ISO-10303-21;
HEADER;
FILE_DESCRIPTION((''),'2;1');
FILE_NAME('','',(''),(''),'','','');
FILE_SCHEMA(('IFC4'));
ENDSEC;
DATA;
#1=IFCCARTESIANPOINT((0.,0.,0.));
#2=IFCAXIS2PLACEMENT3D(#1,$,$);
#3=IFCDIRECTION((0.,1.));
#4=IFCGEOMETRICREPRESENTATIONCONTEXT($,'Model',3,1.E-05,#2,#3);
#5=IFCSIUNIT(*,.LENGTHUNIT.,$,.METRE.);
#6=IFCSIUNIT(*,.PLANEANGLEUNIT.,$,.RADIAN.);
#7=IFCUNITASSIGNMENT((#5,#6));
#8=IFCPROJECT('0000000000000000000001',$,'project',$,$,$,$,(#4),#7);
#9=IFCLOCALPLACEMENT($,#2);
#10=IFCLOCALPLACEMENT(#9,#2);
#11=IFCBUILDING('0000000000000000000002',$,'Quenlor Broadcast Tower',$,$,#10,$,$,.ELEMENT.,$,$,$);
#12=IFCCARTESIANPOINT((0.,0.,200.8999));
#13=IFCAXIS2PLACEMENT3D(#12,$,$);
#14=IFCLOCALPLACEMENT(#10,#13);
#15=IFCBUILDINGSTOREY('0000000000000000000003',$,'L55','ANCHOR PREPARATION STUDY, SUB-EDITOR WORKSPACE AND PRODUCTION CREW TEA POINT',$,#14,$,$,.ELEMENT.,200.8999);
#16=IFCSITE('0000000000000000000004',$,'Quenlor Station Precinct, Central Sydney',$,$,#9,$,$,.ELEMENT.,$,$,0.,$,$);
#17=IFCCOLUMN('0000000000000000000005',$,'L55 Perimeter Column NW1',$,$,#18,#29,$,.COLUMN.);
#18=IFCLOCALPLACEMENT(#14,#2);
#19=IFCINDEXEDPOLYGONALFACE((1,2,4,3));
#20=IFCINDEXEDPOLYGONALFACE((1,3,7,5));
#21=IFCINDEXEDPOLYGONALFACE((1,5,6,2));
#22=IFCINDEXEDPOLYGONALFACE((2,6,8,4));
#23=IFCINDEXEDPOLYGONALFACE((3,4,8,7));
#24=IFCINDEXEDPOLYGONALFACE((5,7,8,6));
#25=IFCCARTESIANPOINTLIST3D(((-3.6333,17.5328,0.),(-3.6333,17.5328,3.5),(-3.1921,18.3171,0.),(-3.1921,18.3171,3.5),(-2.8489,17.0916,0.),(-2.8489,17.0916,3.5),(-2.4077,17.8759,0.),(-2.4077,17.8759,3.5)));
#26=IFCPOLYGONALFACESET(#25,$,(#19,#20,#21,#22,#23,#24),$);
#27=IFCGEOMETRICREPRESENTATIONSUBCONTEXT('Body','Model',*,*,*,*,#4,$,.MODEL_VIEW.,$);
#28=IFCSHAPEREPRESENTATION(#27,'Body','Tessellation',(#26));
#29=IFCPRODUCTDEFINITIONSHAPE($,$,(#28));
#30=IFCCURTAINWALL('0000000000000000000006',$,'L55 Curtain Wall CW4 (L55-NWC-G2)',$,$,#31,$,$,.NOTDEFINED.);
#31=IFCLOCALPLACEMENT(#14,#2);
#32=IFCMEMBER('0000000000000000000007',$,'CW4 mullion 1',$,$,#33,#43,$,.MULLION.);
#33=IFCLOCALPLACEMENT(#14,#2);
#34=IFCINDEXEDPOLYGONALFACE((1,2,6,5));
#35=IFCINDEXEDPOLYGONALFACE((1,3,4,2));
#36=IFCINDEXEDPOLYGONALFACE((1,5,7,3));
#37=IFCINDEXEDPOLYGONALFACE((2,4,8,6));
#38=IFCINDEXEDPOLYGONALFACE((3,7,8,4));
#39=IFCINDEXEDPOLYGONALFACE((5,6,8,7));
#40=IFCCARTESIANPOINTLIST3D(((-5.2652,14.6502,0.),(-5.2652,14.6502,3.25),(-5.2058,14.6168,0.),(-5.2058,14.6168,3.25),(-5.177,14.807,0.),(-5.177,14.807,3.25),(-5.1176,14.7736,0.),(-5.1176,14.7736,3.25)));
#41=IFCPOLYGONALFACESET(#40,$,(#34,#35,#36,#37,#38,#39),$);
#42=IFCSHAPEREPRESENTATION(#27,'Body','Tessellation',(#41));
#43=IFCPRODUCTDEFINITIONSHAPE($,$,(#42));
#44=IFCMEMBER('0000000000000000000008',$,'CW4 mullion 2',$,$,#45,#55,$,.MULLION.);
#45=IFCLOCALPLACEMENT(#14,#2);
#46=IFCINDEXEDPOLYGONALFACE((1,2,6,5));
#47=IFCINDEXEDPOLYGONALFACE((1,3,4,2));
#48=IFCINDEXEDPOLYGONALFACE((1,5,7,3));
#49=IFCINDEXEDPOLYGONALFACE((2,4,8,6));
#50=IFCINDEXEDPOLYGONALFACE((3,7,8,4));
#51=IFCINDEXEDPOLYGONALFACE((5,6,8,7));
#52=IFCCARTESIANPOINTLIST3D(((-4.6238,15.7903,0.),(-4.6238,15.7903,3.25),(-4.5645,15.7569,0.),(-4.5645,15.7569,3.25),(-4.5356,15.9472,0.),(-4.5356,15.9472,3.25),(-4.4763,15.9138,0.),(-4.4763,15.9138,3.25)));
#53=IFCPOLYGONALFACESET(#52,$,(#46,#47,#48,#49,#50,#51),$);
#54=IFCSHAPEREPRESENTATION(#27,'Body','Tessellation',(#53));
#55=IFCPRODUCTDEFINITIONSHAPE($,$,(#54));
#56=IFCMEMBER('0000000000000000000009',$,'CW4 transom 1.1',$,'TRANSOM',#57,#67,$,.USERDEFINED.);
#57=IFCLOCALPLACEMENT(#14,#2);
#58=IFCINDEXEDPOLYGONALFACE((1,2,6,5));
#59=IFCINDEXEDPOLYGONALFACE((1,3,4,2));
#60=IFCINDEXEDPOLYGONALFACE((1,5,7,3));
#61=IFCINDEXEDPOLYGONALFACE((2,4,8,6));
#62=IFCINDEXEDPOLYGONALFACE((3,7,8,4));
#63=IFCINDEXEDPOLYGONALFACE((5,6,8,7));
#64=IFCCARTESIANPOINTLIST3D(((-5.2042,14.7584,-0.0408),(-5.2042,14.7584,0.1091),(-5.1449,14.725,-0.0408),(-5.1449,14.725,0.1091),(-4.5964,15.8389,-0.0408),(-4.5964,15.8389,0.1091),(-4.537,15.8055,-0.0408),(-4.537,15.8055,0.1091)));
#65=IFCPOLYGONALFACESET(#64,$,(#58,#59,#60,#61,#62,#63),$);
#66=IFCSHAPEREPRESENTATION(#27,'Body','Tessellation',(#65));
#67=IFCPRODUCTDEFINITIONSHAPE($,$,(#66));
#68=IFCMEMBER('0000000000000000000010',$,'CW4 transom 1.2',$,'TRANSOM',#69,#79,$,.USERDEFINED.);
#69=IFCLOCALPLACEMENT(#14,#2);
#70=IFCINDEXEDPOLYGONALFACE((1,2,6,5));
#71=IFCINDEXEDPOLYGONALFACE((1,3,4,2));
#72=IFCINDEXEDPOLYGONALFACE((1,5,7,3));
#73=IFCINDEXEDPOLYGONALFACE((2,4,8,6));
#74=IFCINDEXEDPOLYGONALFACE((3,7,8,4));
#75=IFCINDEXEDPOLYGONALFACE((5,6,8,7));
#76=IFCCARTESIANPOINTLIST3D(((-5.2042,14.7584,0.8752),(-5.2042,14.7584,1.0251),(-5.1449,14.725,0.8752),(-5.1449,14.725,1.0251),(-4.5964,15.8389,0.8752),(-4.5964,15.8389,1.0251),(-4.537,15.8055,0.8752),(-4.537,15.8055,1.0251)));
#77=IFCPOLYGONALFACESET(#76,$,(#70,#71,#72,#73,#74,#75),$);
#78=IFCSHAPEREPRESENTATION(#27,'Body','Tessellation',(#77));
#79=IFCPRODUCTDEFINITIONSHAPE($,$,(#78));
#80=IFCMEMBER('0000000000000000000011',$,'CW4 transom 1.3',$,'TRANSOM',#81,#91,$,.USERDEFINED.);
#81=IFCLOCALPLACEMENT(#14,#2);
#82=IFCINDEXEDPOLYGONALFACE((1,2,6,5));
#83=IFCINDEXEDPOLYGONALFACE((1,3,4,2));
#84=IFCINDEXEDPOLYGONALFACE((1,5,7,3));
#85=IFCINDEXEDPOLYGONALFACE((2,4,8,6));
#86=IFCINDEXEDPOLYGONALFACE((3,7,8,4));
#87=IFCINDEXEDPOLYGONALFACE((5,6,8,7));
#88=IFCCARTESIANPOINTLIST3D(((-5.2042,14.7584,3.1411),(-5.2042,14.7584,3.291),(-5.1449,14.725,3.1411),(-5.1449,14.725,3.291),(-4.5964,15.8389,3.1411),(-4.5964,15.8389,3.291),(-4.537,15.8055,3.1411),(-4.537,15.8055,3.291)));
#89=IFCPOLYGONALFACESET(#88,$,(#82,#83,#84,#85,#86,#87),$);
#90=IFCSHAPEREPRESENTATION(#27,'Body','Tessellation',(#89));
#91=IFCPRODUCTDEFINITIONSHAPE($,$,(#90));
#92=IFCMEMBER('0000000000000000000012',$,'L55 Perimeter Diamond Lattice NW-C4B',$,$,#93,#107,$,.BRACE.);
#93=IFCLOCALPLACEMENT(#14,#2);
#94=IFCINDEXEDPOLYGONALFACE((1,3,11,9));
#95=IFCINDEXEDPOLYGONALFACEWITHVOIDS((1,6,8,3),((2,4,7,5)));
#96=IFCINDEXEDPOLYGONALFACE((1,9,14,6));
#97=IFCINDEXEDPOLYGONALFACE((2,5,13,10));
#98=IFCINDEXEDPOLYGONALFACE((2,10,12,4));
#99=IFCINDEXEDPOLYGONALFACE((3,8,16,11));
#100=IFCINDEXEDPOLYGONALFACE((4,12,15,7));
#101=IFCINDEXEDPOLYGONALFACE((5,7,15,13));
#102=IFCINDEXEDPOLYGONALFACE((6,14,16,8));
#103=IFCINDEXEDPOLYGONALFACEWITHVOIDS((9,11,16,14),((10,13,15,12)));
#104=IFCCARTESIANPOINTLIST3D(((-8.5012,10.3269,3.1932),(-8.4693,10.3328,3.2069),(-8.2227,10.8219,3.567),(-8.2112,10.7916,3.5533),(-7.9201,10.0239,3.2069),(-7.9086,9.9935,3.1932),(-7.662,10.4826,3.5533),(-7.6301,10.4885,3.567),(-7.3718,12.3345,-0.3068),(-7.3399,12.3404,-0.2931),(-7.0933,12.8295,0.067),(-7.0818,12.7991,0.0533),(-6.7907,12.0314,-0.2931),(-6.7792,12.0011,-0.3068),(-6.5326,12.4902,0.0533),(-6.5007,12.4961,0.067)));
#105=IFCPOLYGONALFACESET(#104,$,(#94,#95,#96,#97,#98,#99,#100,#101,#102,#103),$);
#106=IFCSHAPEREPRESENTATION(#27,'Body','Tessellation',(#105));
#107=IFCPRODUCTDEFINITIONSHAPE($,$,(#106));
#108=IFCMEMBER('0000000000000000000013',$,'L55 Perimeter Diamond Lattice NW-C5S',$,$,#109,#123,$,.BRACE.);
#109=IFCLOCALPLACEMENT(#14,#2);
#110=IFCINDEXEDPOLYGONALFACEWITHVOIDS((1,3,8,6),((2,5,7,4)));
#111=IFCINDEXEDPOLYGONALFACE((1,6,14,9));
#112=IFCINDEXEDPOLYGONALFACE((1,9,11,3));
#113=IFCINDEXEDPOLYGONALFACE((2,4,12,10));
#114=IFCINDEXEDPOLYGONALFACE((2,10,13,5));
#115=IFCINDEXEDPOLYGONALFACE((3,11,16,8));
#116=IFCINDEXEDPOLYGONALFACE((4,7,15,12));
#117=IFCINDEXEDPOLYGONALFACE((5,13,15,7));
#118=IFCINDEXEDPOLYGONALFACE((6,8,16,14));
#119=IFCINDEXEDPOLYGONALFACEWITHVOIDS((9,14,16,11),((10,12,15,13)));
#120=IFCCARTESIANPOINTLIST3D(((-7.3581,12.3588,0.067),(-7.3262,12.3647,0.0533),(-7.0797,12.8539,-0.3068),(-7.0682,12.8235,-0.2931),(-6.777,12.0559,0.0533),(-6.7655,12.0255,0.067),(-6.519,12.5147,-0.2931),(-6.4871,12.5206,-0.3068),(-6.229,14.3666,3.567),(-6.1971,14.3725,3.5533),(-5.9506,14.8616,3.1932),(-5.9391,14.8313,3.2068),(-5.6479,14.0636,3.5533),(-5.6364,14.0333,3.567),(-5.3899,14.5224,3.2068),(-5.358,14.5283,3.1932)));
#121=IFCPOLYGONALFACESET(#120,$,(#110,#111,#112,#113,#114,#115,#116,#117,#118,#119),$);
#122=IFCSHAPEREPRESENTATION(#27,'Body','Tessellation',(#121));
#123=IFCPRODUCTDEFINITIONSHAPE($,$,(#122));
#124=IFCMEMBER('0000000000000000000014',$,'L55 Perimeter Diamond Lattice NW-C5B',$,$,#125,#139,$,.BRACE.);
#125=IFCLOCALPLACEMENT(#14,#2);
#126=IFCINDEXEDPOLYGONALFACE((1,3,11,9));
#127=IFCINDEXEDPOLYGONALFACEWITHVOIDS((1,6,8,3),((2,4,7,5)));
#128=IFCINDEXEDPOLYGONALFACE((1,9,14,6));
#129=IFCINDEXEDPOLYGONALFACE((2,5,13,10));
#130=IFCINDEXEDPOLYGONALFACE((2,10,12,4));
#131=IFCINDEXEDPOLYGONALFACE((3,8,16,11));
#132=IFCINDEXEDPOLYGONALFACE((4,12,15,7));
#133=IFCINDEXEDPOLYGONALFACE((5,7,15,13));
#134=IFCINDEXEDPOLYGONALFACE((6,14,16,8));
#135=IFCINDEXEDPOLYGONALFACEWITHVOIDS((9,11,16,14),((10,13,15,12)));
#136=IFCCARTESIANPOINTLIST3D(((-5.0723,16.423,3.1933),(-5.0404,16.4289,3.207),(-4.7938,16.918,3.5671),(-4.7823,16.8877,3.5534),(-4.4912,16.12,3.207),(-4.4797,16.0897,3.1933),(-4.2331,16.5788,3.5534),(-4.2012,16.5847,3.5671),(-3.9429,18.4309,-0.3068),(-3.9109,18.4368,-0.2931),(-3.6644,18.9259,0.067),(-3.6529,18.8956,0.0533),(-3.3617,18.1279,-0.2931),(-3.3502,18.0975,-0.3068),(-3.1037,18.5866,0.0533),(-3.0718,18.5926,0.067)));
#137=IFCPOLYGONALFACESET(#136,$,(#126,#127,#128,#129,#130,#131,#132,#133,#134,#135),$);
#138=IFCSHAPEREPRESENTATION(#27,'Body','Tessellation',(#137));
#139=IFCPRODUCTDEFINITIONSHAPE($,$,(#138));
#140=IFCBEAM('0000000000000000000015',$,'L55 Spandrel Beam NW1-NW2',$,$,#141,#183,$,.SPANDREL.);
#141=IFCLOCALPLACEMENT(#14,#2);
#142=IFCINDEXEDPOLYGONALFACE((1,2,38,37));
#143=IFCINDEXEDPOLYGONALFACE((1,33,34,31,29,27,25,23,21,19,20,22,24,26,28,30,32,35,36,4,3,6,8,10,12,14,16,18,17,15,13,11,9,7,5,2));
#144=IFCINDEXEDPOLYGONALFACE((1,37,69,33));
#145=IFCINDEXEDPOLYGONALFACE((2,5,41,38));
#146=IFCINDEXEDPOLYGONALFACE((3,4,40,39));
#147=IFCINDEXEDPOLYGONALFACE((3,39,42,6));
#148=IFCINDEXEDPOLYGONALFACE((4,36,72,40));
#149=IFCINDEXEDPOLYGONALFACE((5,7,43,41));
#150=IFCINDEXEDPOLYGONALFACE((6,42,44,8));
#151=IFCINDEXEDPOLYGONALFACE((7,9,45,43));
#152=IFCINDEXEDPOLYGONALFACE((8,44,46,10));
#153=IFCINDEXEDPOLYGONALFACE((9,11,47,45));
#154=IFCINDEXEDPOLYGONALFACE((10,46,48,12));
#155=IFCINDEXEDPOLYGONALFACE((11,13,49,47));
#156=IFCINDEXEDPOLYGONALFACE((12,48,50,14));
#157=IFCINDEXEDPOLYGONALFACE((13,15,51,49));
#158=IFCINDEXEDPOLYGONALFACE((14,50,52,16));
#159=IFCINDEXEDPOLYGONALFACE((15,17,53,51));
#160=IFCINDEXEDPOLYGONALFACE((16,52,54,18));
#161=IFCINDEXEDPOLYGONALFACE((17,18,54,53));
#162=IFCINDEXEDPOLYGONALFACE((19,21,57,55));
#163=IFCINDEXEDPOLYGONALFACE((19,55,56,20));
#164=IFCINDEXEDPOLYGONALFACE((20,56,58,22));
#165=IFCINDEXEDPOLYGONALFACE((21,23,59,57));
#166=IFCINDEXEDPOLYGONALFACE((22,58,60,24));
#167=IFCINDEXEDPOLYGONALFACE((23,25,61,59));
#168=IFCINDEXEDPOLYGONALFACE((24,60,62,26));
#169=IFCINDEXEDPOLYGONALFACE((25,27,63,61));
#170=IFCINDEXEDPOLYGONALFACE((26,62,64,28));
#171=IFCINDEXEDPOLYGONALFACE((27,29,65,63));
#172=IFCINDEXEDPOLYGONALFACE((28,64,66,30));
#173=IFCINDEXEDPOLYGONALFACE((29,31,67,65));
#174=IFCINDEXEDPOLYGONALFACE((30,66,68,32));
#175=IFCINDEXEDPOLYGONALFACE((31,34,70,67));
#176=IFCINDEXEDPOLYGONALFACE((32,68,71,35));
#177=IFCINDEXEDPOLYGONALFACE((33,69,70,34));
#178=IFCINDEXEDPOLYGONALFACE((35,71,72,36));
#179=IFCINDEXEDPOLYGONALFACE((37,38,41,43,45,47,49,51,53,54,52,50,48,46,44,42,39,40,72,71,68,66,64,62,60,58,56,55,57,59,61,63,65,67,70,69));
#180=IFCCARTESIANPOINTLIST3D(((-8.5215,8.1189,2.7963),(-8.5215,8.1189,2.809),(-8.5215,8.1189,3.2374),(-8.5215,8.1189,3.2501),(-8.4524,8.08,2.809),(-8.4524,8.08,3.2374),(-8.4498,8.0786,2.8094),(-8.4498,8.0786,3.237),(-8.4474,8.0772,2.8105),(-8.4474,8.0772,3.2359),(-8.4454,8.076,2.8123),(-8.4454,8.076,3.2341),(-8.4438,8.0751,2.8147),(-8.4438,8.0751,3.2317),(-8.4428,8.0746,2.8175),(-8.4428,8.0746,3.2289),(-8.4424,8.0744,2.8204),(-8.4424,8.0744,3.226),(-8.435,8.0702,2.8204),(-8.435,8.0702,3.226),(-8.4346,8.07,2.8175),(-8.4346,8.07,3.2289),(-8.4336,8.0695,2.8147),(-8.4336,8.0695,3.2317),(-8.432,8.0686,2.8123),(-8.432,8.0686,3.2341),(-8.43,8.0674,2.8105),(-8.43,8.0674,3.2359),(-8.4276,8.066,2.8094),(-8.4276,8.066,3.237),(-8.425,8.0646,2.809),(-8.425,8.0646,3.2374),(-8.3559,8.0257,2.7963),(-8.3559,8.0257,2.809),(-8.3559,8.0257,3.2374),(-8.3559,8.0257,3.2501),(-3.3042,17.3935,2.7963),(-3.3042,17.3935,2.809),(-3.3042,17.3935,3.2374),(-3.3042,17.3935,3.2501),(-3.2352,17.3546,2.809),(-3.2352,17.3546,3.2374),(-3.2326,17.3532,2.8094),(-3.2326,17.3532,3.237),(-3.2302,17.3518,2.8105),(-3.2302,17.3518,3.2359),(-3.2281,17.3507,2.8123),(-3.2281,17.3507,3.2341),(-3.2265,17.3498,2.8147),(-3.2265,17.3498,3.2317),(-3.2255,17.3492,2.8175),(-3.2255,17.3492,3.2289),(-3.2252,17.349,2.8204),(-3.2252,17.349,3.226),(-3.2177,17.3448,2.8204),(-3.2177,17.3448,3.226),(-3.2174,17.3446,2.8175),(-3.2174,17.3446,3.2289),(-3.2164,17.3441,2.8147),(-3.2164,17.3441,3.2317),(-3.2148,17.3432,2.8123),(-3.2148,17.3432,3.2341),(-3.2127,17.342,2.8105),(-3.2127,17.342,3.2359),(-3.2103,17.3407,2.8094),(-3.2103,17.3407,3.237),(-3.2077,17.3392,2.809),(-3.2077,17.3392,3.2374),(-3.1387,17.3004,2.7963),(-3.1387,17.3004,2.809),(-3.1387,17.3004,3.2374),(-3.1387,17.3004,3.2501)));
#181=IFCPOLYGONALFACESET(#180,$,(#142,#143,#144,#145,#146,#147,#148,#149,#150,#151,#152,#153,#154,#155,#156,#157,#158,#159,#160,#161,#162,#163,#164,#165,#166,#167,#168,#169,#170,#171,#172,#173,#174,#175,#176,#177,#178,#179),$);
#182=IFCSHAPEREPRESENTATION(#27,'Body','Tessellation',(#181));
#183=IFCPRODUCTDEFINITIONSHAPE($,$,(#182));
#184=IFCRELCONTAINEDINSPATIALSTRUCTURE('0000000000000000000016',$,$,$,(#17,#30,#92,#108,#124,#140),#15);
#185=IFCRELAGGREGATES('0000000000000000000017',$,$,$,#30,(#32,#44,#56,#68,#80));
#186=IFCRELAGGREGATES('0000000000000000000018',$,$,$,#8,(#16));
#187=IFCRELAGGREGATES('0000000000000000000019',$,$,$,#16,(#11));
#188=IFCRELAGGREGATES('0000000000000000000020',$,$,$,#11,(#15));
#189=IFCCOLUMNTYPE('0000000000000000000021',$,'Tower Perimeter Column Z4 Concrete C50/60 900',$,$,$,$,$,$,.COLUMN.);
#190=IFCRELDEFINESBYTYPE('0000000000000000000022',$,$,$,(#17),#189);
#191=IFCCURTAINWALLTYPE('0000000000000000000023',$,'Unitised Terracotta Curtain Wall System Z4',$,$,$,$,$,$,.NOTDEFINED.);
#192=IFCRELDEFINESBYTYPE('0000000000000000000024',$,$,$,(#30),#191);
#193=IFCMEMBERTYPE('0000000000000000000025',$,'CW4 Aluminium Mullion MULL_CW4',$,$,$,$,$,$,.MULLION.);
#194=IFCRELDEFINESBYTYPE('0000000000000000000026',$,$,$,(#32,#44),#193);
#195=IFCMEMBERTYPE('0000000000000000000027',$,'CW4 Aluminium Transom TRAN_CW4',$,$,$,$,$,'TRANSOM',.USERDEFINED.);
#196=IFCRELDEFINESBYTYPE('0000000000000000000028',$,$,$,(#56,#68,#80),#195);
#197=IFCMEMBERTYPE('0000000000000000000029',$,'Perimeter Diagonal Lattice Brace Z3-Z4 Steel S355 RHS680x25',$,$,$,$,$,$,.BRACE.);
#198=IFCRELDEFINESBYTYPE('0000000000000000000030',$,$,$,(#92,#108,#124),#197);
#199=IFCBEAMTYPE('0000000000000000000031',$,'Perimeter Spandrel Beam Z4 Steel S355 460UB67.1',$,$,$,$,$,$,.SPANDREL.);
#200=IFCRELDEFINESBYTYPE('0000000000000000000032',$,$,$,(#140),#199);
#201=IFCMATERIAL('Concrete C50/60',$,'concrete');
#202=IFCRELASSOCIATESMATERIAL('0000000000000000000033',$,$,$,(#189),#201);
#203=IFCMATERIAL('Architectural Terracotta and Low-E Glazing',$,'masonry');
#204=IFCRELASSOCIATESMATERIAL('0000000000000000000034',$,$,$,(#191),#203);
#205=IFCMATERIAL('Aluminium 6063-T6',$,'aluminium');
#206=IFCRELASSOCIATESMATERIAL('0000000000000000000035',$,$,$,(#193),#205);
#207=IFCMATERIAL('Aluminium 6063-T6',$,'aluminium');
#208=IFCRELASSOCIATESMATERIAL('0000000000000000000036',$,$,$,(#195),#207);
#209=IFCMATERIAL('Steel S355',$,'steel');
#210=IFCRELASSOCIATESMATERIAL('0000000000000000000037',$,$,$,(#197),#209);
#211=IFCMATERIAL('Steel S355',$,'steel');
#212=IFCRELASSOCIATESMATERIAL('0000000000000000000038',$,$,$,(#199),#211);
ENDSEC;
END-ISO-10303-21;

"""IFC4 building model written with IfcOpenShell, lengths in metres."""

from ifc_helpers import new_model, si_unit, direction, frame, origin, origin_2d, place, context, subcontext, project, spatial, rectangle, hollow_rectangle, i_section, extrude, material, material_profile, profile_set, type_object, element, aggregate, save


model = new_model("IFC4")

# Units and contexts
model_context = context("Model", 3, precision=1e-05, world=origin(), true_north=direction((0.0, 1.0)))
body_context = subcontext(model_context, "Body", "Model", "MODEL_VIEW")
ifc_project = project(units=[si_unit("LENGTHUNIT", "METRE"), si_unit("PLANEANGLEUNIT", "RADIAN")], contexts=[model_context])

# Site, building, storey
site_placement = place(None, origin())
site = spatial("IfcSite", under=ifc_project, at=site_placement, Name="Quenlor Station Precinct, Central Sydney", CompositionType="ELEMENT", RefElevation=0.0)
building_placement = place(site_placement, origin())
building = spatial("IfcBuilding", under=site, at=building_placement, Name="Quenlor Broadcast Tower", CompositionType="ELEMENT")
storey_placement = place(building_placement, frame((0.0, 0.0, 200.8999)))
storey = spatial("IfcBuildingStorey", under=building, at=storey_placement, Name="L55", Description="ANCHOR PREPARATION STUDY, SUB-EDITOR WORKSPACE AND PRODUCTION CREW TEA POINT", CompositionType="ELEMENT", Elevation=200.8999)

# Column
ifc_material_1 = material(Name="Concrete C50/60", Category="concrete")
ifc_material_profile_1 = material_profile(ifc_material_1, rectangle(XDim=0.8999, YDim=0.8999, at=origin_2d()))
ifc_profile_set_1 = profile_set([ifc_material_profile_1], Name="Concrete C50/60 RC900x900")
column_type = type_object("IfcColumnType", Name="Tower Perimeter Column Z4 Concrete C50/60 900", PredefinedType="COLUMN", material=ifc_profile_set_1)
column_placement = place(storey_placement, frame((-3.0205, 17.7043, 0.0), z_axis=(0.0, 0.0, 1.0), x_axis=(-0.871575, 0.490262, 0.0)))
element("IfcColumn", 1, at=column_placement, inside=storey, type_object=column_type, Name="L55 Perimeter Column NW1", PredefinedType="COLUMN", context=body_context, shape_type="SweptSolid", body=[
    extrude(rectangle(XDim=0.8999, YDim=0.8999, at=origin_2d()), origin(), (0.0, 0.0, 1.0), 3.5),
])

# Curtain wall, members
ifc_material_2 = material(Name="Architectural Terracotta and Low-E Glazing", Category="masonry")
curtain_wall_type = type_object("IfcCurtainWallType", Name="Unitised Terracotta Curtain Wall System Z4", PredefinedType="NOTDEFINED", material=ifc_material_2)
curtain_wall_placement = place(storey_placement, origin())
curtain_wall = element("IfcCurtainWall", 2, at=curtain_wall_placement, inside=storey, type_object=curtain_wall_type, Name="L55 Curtain Wall CW4 (L55-NWC-G2)", PredefinedType="NOTDEFINED")
ifc_material_3 = material(Name="Aluminium 6063-T6", Category="aluminium")
ifc_material_profile_2 = material_profile(ifc_material_3, rectangle(XDim=0.0681, YDim=0.1799, at=origin_2d()))
ifc_profile_set_2 = profile_set([ifc_material_profile_2], Name="Aluminium 6063-T6 MULL68x180")
member_type_1 = type_object("IfcMemberType", Name="CW4 Aluminium Mullion MULL_CW4", PredefinedType="MULLION", material=ifc_profile_set_2)
member_1_placement = place(storey_placement, frame((-5.1914, 14.7119, 0.0), z_axis=(0.0, 0.0, 1.0), x_axis=(-0.87156, 0.490289, 0.0)))
member_1 = element("IfcMember", 3, at=member_1_placement, type_object=member_type_1, Name="CW4 mullion 1", PredefinedType="MULLION", context=body_context, shape_type="SweptSolid", body=[
    extrude(rectangle(XDim=0.0681, YDim=0.1799, at=origin_2d()), origin(), (0.0, 0.0, 1.0), 3.25),
])
member_2_placement = place(storey_placement, frame((-4.55, 15.8521, 0.0), z_axis=(0.0, 0.0, 1.0), x_axis=(-0.87156, 0.490289, 0.0)))
member_2 = element("IfcMember", 4, at=member_2_placement, type_object=member_type_1, Name="CW4 mullion 2", PredefinedType="MULLION", context=body_context, shape_type="SweptSolid", body=[
    extrude(rectangle(XDim=0.0681, YDim=0.1799, at=origin_2d()), origin(), (0.0, 0.0, 1.0), 3.25),
])
ifc_material_4 = material(Name="Aluminium 6063-T6", Category="aluminium")
ifc_material_profile_3 = material_profile(ifc_material_4, rectangle(XDim=0.0681, YDim=0.1499, at=origin_2d()))
ifc_profile_set_3 = profile_set([ifc_material_profile_3], Name="Aluminium 6063-T6 TRAN68x150")
member_type_2 = type_object("IfcMemberType", Name="CW4 Aluminium Transom TRAN_CW4", ElementType="TRANSOM", PredefinedType="USERDEFINED", material=ifc_profile_set_3)
member_3_placement = place(storey_placement, frame((-5.1746, 14.7417, 0.0342), z_axis=(0.490317, 0.871544, 0.0), x_axis=(-0.871544, 0.490317, 0.0)))
member_3 = element("IfcMember", 5, at=member_3_placement, type_object=member_type_2, Name="CW4 transom 1.1", ObjectType="TRANSOM", PredefinedType="USERDEFINED", context=body_context, shape_type="SweptSolid", body=[
    extrude(rectangle(XDim=0.0681, YDim=0.1499, at=origin_2d()), origin(), (0.0, 0.0, 1.0), 1.2397),
])
member_4_placement = place(storey_placement, frame((-5.1746, 14.7417, 0.9502), z_axis=(0.490317, 0.871544, 0.0), x_axis=(-0.871544, 0.490317, 0.0)))
member_4 = element("IfcMember", 6, at=member_4_placement, type_object=member_type_2, Name="CW4 transom 1.2", ObjectType="TRANSOM", PredefinedType="USERDEFINED", context=body_context, shape_type="SweptSolid", body=[
    extrude(rectangle(XDim=0.0681, YDim=0.1499, at=origin_2d()), origin(), (0.0, 0.0, 1.0), 1.2397),
])
member_5_placement = place(storey_placement, frame((-5.1746, 14.7417, 3.2161), z_axis=(0.490317, 0.871544, 0.0), x_axis=(-0.871544, 0.490317, 0.0)))
member_5 = element("IfcMember", 7, at=member_5_placement, type_object=member_type_2, Name="CW4 transom 1.3", ObjectType="TRANSOM", PredefinedType="USERDEFINED", context=body_context, shape_type="SweptSolid", body=[
    extrude(rectangle(XDim=0.0681, YDim=0.1499, at=origin_2d()), origin(), (0.0, 0.0, 1.0), 1.2397),
])

# Members
ifc_material_5 = material(Name="Steel S355", Category="steel")
ifc_material_profile_4 = material_profile(ifc_material_5, hollow_rectangle(XDim=0.6799, YDim=0.6799, WallThickness=0.0249, at=origin_2d()))
ifc_profile_set_4 = profile_set([ifc_material_profile_4], Name="Steel S355 RHS680x680x25")
member_type_3 = type_object("IfcMemberType", Name="Perimeter Diagonal Lattice Brace Z3-Z4 Steel S355 RHS680x25", PredefinedType="BRACE", material=ifc_profile_set_4)
for number, where, z_axis, x_axis, name in (
    (8, (-6.9363, 12.4153, -0.1199), (-0.269547, -0.479136, 0.835328), (0.87155, -0.490307, 0.0), "L55 Perimeter Diamond Lattice NW-C4B"),
    (9, (-6.9226, 12.4397, -0.1199), (0.269485, 0.479189, 0.835318), (-0.871621, 0.490181, 0.0), "L55 Perimeter Diamond Lattice NW-C5S"),
):
    element("IfcMember", number, at=place(storey_placement, frame(where, z_axis=z_axis, x_axis=x_axis)), inside=storey, type_object=member_type_3, Name=name, PredefinedType="BRACE", context=body_context, shape_type="SweptSolid", body=[
        extrude(hollow_rectangle(XDim=0.6799, YDim=0.6799, WallThickness=0.0249, at=origin_2d()), origin(), (0.0, 0.0, 1.0), 4.1899),
    ])
member_6_placement = place(storey_placement, frame((-3.5073, 18.5117, -0.1199), z_axis=(-0.26954, -0.479181, 0.835305), x_axis=(0.871576, -0.490261, 0.0)))
element("IfcMember", 10, at=member_6_placement, inside=storey, type_object=member_type_3, Name="L55 Perimeter Diamond Lattice NW-C5B", PredefinedType="BRACE", context=body_context, shape_type="SweptSolid", body=[
    extrude(hollow_rectangle(XDim=0.6799, YDim=0.6799, WallThickness=0.0249, at=origin_2d()), origin(), (0.0, 0.0, 1.0), 4.1902),
])

# Beam
ifc_material_6 = material(Name="Steel S355", Category="steel")
ifc_material_profile_5 = material_profile(ifc_material_6, i_section(OverallWidth=0.1899, OverallDepth=0.4539, WebThickness=0.0085, FlangeThickness=0.0127, FilletRadius=0.0115, at=origin_2d()))
ifc_profile_set_5 = profile_set([ifc_material_profile_5], Name="Steel S355 460UB67.1")
beam_type_1 = type_object("IfcBeamType", Name="Perimeter Spandrel Beam Z4 Steel S355 460UB67.1", PredefinedType="SPANDREL", material=ifc_profile_set_5)
beam_1_placement = place(storey_placement, frame((-3.2214, 17.3469, 3.0232), z_axis=(-0.490282, -0.871564, 0.0), x_axis=(0.871564, -0.490282, 0.0)))
element("IfcBeam", 11, at=beam_1_placement, inside=storey, type_object=beam_type_1, Name="L55 Spandrel Beam NW1-NW2", PredefinedType="SPANDREL", context=body_context, shape_type="SweptSolid", body=[
    extrude(i_section(OverallWidth=0.1899, OverallDepth=0.4539, WebThickness=0.0085, FlangeThickness=0.0127, FilletRadius=0.0115, at=origin_2d()), origin(), (0.0, 0.0, 1.0), 10.6414),
])

aggregate(curtain_wall, [member_1, member_2, member_3, member_4, member_5])

save(model, "model.ifc")
